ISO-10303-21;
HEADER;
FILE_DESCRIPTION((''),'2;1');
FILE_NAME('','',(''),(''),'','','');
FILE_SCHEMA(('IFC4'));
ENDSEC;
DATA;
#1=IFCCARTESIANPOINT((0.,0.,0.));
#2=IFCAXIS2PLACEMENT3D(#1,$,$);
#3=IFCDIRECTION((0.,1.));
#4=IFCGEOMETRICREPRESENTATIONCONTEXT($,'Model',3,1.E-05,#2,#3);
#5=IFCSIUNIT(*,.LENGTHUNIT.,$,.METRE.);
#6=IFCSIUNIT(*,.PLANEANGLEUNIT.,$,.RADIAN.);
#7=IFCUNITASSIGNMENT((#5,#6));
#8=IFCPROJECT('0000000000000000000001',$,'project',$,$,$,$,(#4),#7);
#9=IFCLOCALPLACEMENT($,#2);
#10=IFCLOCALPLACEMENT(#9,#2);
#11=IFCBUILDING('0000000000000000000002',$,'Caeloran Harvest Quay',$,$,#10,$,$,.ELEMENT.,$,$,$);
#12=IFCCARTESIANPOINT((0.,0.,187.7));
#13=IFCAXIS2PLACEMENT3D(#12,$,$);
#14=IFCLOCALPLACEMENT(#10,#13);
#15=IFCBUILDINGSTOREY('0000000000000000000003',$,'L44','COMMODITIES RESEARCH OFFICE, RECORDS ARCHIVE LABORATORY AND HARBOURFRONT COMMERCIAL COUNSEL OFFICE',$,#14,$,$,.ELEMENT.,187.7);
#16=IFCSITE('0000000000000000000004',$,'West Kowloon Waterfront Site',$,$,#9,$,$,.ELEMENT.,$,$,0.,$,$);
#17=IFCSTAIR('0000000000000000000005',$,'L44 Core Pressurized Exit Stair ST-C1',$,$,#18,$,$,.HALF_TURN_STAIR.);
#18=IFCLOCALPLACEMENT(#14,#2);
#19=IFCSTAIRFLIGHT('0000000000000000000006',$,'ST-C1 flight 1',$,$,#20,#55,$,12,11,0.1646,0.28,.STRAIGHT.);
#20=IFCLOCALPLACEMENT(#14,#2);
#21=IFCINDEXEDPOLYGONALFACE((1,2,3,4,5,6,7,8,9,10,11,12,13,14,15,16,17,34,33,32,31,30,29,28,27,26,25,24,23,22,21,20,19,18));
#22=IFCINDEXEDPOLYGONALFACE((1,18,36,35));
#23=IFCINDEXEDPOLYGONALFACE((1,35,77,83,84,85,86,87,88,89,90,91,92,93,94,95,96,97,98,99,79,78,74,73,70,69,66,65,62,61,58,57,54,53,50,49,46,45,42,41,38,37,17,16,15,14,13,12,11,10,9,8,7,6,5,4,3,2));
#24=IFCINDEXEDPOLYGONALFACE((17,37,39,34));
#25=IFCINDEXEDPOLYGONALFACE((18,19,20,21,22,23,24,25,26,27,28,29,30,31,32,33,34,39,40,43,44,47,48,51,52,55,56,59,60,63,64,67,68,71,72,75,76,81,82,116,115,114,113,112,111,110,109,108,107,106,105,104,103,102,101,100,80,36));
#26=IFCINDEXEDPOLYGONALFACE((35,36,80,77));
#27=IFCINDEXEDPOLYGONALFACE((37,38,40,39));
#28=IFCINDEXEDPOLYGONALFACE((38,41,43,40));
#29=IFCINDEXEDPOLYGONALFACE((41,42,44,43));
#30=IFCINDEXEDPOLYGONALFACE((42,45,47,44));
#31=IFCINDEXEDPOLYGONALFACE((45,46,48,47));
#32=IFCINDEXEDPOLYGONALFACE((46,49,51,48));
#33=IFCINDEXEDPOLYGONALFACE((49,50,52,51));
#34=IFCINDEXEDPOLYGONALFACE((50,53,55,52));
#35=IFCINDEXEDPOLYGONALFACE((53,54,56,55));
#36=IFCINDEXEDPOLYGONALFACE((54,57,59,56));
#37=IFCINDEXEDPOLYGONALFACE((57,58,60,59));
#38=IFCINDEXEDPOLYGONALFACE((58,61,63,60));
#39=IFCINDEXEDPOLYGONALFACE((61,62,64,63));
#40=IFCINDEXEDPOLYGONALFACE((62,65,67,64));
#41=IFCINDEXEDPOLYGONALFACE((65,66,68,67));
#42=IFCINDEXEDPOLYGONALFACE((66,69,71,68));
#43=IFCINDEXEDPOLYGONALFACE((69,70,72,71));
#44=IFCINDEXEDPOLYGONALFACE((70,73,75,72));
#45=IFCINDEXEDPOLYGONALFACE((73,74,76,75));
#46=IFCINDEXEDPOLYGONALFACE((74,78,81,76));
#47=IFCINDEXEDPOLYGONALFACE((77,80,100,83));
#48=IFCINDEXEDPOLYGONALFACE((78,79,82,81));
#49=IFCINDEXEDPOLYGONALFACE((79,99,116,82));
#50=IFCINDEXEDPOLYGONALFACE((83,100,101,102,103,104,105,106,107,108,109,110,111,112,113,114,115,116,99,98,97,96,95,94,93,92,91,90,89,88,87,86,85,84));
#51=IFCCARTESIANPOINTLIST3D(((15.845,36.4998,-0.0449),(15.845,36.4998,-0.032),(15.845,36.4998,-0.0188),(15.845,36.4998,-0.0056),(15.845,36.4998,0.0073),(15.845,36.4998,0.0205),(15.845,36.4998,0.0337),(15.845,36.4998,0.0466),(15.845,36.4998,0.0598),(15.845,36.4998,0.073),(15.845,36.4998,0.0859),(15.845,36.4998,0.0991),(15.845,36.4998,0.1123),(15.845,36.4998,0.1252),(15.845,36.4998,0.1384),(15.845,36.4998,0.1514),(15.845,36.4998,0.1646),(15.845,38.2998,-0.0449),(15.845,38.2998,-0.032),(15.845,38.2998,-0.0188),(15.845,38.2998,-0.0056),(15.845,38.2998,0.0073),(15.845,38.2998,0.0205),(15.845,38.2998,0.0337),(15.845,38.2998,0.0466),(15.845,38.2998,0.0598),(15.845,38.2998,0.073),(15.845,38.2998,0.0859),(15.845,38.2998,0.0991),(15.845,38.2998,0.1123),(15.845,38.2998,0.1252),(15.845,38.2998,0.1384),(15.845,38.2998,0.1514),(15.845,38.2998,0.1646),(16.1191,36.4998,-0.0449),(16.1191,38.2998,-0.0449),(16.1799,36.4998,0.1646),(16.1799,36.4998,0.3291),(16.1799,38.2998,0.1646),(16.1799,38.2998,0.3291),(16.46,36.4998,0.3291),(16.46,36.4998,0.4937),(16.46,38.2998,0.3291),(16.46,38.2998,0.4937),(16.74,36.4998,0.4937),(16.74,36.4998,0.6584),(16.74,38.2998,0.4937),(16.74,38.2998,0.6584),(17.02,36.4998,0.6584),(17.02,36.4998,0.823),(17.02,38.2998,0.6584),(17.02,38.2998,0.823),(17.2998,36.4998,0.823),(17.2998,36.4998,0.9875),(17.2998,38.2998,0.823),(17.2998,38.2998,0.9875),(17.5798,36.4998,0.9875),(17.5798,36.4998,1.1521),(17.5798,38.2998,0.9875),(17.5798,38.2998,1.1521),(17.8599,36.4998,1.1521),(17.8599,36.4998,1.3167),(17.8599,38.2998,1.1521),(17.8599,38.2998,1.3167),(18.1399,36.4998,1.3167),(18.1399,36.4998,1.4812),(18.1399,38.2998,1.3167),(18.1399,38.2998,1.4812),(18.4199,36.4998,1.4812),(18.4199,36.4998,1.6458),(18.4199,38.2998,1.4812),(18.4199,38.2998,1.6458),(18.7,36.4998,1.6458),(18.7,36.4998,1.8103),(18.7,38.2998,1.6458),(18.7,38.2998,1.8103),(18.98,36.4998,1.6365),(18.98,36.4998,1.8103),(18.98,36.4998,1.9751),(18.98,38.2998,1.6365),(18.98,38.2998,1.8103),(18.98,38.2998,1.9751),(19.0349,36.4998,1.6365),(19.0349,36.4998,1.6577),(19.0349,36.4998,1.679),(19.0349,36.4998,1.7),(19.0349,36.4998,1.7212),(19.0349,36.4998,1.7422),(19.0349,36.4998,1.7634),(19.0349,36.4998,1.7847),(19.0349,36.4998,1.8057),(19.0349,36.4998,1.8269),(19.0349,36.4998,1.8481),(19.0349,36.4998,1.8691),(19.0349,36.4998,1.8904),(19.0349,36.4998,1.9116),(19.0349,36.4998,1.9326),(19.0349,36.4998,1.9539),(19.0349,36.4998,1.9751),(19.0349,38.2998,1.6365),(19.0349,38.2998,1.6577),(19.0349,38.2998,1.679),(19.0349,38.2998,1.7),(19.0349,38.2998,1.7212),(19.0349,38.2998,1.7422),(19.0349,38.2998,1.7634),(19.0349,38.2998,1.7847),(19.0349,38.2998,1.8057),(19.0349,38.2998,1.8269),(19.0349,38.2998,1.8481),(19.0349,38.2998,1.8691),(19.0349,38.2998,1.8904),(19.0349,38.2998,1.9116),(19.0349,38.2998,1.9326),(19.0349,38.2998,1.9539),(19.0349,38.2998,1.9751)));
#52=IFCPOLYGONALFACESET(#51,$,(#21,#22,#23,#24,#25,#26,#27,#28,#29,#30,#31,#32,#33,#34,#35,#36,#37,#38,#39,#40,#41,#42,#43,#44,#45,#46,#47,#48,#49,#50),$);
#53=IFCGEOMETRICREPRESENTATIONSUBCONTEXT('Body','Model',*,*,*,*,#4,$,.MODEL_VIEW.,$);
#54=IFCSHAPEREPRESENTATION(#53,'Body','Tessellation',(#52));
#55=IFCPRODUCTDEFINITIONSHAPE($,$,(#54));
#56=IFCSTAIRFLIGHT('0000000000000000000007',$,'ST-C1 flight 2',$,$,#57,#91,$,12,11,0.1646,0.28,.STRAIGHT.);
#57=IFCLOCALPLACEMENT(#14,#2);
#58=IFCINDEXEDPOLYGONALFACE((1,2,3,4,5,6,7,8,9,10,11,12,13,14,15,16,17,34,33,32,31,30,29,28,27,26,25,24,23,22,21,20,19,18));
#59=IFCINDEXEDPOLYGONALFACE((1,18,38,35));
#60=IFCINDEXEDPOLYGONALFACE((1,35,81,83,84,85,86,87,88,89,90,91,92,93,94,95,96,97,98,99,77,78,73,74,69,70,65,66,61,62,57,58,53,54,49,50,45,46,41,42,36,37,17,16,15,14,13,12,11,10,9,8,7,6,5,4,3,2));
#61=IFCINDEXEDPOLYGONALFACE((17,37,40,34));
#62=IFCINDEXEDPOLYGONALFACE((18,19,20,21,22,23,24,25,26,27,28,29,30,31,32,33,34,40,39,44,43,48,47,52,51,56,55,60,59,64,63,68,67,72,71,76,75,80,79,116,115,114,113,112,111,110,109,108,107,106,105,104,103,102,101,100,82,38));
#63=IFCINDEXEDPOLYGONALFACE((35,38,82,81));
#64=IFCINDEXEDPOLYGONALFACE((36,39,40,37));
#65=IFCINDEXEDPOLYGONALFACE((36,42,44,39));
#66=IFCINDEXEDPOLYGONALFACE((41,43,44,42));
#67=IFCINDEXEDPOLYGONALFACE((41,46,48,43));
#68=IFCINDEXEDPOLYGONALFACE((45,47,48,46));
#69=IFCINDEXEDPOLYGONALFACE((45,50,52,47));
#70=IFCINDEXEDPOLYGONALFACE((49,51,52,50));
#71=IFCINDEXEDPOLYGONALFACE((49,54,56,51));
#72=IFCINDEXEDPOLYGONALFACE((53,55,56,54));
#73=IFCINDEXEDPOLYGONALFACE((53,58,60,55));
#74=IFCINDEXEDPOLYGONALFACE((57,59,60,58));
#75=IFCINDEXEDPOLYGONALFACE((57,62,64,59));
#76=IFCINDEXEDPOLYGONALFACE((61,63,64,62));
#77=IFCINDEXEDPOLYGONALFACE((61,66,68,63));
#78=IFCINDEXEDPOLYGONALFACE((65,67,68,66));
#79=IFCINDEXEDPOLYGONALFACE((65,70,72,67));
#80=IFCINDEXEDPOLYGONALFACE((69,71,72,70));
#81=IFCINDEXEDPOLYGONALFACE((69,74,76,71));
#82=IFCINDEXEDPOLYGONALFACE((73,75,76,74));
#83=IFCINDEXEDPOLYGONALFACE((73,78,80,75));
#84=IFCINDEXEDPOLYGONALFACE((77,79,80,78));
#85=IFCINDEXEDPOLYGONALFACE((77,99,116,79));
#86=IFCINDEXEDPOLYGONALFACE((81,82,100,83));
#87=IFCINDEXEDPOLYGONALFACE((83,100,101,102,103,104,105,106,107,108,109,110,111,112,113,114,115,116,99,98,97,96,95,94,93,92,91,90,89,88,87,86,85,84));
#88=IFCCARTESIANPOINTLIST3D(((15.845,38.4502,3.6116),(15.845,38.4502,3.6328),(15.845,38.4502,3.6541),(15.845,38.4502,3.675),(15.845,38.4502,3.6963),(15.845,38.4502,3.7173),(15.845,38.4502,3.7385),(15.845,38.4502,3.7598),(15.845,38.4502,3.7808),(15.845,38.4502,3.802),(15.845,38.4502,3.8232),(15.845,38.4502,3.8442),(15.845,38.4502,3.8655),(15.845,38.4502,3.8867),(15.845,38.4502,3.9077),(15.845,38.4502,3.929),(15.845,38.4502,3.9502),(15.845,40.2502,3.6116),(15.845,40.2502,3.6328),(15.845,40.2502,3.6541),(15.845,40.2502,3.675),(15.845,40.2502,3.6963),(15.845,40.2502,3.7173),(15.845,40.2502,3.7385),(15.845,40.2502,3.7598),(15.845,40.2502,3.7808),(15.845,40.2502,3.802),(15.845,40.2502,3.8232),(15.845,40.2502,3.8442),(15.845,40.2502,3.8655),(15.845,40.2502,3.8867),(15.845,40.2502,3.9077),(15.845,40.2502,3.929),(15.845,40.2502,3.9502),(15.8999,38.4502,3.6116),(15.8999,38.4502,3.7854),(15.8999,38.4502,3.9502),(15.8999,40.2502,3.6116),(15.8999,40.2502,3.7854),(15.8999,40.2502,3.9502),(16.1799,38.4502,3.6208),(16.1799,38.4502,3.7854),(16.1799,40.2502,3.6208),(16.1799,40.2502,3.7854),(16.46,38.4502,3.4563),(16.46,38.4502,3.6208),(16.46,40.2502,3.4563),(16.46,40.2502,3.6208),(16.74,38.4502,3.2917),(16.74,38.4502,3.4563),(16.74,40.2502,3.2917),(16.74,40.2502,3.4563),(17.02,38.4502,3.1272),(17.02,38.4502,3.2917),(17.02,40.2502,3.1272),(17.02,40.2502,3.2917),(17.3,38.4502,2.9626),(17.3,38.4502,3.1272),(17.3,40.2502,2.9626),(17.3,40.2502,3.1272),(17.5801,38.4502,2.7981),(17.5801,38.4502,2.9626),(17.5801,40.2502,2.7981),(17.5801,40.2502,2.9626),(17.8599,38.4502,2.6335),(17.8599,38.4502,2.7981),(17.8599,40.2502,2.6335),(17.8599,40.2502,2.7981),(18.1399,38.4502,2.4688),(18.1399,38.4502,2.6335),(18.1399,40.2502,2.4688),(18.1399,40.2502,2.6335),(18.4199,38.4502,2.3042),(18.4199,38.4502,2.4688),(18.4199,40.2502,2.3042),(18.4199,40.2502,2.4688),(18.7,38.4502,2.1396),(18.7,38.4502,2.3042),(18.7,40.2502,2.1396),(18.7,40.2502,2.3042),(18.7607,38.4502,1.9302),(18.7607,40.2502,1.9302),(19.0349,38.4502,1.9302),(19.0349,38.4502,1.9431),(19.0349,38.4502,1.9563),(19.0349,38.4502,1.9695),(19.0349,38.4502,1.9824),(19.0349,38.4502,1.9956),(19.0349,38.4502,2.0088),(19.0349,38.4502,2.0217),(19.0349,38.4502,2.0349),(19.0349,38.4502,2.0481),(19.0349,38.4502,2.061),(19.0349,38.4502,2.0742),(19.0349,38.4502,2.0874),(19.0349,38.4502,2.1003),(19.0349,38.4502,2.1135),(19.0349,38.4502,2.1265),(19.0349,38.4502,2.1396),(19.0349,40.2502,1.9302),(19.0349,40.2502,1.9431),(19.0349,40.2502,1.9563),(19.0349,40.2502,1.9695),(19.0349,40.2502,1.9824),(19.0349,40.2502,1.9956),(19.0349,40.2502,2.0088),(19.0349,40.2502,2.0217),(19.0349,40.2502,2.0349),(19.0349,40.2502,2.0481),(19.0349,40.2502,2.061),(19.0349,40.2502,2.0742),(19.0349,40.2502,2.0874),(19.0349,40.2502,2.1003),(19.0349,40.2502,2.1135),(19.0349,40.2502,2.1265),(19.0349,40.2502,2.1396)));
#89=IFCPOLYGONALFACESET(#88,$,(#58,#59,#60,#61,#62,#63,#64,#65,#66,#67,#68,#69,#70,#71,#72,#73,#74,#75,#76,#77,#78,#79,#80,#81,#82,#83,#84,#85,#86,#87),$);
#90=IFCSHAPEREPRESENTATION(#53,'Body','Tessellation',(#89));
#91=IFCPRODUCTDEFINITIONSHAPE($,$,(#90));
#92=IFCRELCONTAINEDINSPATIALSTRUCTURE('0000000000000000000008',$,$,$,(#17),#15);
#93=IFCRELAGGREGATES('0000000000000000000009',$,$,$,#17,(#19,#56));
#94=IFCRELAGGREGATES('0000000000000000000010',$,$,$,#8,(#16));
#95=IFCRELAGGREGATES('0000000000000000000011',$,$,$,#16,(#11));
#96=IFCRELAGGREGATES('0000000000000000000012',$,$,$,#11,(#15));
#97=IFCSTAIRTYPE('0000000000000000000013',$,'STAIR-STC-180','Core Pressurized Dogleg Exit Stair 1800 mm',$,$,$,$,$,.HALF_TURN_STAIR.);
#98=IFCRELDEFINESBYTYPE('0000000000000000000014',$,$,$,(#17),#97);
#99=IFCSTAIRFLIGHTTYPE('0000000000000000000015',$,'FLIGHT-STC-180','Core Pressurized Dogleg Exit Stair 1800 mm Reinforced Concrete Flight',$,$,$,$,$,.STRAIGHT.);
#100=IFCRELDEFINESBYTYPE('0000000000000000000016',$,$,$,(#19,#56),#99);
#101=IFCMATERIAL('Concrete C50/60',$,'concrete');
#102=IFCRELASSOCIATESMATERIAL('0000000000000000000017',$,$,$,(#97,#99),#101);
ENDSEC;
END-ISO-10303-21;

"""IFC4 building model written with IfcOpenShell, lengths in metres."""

from ifc_helpers import new_model, si_unit, direction, frame, origin, place, context, subcontext, project, spatial, polyline, outline, extrude, material, type_object, element, aggregate, save


model = new_model("IFC4")

# Units and contexts
model_context = context("Model", 3, precision=1e-05, world=origin(), true_north=direction((0.0, 1.0)))
body_context = subcontext(model_context, "Body", "Model", "MODEL_VIEW")
ifc_project = project(units=[si_unit("LENGTHUNIT", "METRE"), si_unit("PLANEANGLEUNIT", "RADIAN")], contexts=[model_context])

# Site, building, storey
site_placement = place(None, origin())
site = spatial("IfcSite", under=ifc_project, at=site_placement, Name="West Kowloon Waterfront Site", CompositionType="ELEMENT", RefElevation=0.0)
building_placement = place(site_placement, origin())
building = spatial("IfcBuilding", under=site, at=building_placement, Name="Caeloran Harvest Quay", CompositionType="ELEMENT")
storey_placement = place(building_placement, frame((0.0, 0.0, 187.7)))
storey = spatial("IfcBuildingStorey", under=building, at=storey_placement, Name="L44", Description="COMMODITIES RESEARCH OFFICE, RECORDS ARCHIVE LABORATORY AND HARBOURFRONT COMMERCIAL COUNSEL OFFICE", CompositionType="ELEMENT", Elevation=187.7)

# Shared definitions
ifc_material_1 = material(Name="Concrete C50/60", Category="concrete")

# Stair, stair flights
stair_type = type_object("IfcStairType", Name="STAIR-STC-180", Description="Core Pressurized Dogleg Exit Stair 1800 mm", PredefinedType="HALF_TURN_STAIR", material=ifc_material_1)
stair_1_placement = place(storey_placement, origin())
stair_1 = element("IfcStair", 1, at=stair_1_placement, inside=storey, type_object=stair_type, Name="L44 Core Pressurized Exit Stair ST-C1", PredefinedType="HALF_TURN_STAIR")
stair_flight_type = type_object("IfcStairFlightType", Name="FLIGHT-STC-180", Description="Core Pressurized Dogleg Exit Stair 1800 mm Reinforced Concrete Flight", PredefinedType="STRAIGHT", material=ifc_material_1)
stair_flight_1_placement = place(storey_placement, frame((15.8999, 37.3999, 0.0), z_axis=(0.0, 0.0, 1.0), x_axis=(1.0, 0.0, 0.0)))
stair_flight_1 = element("IfcStairFlight", 2, at=stair_flight_1_placement, type_object=stair_flight_type, Name="ST-C1 flight 1", NumberOfRisers=12, NumberOfTreads=11, PredefinedType="STRAIGHT", RiserHeight=0.1646, TreadLength=0.28, context=body_context, shape_type="SweptSolid", body=[
    extrude(outline(polyline([(-0.0549, -0.0449), (-0.0549, -0.032), (-0.0549, -0.0188), (-0.0549, -0.0056), (-0.0549, 0.0073), (-0.0549, 0.0205), (-0.0549, 0.0337), (-0.0549, 0.0466), (-0.0549, 0.0598), (-0.0549, 0.073), (-0.0549, 0.0859), (-0.0549, 0.0991), (-0.0549, 0.1123), (-0.0549, 0.1252), (-0.0549, 0.1384), (-0.0549, 0.1514), (-0.0549, 0.1646), (0.28, 0.1646), (0.28, 0.3291), (0.5601, 0.3291), (0.5601, 0.4937), (0.8401, 0.4937), (0.8401, 0.6584), (1.1201, 0.6584), (1.1201, 0.823), (1.3999, 0.823), (1.3999, 0.9875), (1.6799, 0.9875), (1.6799, 1.1521), (1.96, 1.1521), (1.96, 1.3167), (2.24, 1.3167), (2.24, 1.4812), (2.52, 1.4812), (2.52, 1.6458), (2.8, 1.6458), (2.8, 1.8103), (3.0801, 1.8103), (3.0801, 1.9751), (3.135, 1.9751), (3.135, 1.9539), (3.135, 1.9326), (3.135, 1.9116), (3.135, 1.8904), (3.135, 1.8691), (3.135, 1.8481), (3.135, 1.8269), (3.135, 1.8057), (3.135, 1.7847), (3.135, 1.7634), (3.135, 1.7422), (3.135, 1.7212), (3.135, 1.7), (3.135, 1.679), (3.135, 1.6577), (3.135, 1.6365), (3.0801, 1.6365), (0.2192, -0.0449), (-0.0549, -0.0449)])), frame((0.0, 0.8999, 0.0), z_axis=(0.0, -1.0, 0.0), x_axis=(1.0, 0.0, 0.0)), (0.0, 0.0, 1.0), 1.8),
])
stair_flight_2_placement = place(storey_placement, frame((18.98, 39.3501, 1.9751), z_axis=(0.0, 0.0, 1.0), x_axis=(-1.0, 0.0, 0.0)))
stair_flight_2 = element("IfcStairFlight", 3, at=stair_flight_2_placement, type_object=stair_flight_type, Name="ST-C1 flight 2", NumberOfRisers=12, NumberOfTreads=11, PredefinedType="STRAIGHT", RiserHeight=0.1646, TreadLength=0.28, context=body_context, shape_type="SweptSolid", body=[
    extrude(outline(polyline([(-0.0549, -0.0449), (-0.0549, -0.032), (-0.0549, -0.0188), (-0.0549, -0.0056), (-0.0549, 0.0073), (-0.0549, 0.0205), (-0.0549, 0.0337), (-0.0549, 0.0466), (-0.0549, 0.0598), (-0.0549, 0.073), (-0.0549, 0.0859), (-0.0549, 0.0991), (-0.0549, 0.1123), (-0.0549, 0.1252), (-0.0549, 0.1384), (-0.0549, 0.1514), (-0.0549, 0.1646), (0.28, 0.1646), (0.28, 0.3291), (0.5601, 0.3291), (0.5601, 0.4937), (0.8401, 0.4937), (0.8401, 0.6584), (1.1201, 0.6584), (1.1201, 0.823), (1.3999, 0.823), (1.3999, 0.9875), (1.6799, 0.9875), (1.6799, 1.1521), (1.96, 1.1521), (1.96, 1.3167), (2.24, 1.3167), (2.24, 1.4812), (2.52, 1.4812), (2.52, 1.6458), (2.8, 1.6458), (2.8, 1.8103), (3.0801, 1.8103), (3.0801, 1.9751), (3.135, 1.9751), (3.135, 1.9539), (3.135, 1.9326), (3.135, 1.9116), (3.135, 1.8904), (3.135, 1.8691), (3.135, 1.8481), (3.135, 1.8269), (3.135, 1.8057), (3.135, 1.7847), (3.135, 1.7634), (3.135, 1.7422), (3.135, 1.7212), (3.135, 1.7), (3.135, 1.679), (3.135, 1.6577), (3.135, 1.6365), (3.0801, 1.6365), (0.2192, -0.0449), (-0.0549, -0.0449)])), frame((0.0, 0.8999, 0.0), z_axis=(0.0, -1.0, 0.0), x_axis=(1.0, 0.0, 0.0)), (0.0, 0.0, 1.0), 1.8),
])
aggregate(stair_1, [stair_flight_1, stair_flight_2])

save(model, "model.ifc")
